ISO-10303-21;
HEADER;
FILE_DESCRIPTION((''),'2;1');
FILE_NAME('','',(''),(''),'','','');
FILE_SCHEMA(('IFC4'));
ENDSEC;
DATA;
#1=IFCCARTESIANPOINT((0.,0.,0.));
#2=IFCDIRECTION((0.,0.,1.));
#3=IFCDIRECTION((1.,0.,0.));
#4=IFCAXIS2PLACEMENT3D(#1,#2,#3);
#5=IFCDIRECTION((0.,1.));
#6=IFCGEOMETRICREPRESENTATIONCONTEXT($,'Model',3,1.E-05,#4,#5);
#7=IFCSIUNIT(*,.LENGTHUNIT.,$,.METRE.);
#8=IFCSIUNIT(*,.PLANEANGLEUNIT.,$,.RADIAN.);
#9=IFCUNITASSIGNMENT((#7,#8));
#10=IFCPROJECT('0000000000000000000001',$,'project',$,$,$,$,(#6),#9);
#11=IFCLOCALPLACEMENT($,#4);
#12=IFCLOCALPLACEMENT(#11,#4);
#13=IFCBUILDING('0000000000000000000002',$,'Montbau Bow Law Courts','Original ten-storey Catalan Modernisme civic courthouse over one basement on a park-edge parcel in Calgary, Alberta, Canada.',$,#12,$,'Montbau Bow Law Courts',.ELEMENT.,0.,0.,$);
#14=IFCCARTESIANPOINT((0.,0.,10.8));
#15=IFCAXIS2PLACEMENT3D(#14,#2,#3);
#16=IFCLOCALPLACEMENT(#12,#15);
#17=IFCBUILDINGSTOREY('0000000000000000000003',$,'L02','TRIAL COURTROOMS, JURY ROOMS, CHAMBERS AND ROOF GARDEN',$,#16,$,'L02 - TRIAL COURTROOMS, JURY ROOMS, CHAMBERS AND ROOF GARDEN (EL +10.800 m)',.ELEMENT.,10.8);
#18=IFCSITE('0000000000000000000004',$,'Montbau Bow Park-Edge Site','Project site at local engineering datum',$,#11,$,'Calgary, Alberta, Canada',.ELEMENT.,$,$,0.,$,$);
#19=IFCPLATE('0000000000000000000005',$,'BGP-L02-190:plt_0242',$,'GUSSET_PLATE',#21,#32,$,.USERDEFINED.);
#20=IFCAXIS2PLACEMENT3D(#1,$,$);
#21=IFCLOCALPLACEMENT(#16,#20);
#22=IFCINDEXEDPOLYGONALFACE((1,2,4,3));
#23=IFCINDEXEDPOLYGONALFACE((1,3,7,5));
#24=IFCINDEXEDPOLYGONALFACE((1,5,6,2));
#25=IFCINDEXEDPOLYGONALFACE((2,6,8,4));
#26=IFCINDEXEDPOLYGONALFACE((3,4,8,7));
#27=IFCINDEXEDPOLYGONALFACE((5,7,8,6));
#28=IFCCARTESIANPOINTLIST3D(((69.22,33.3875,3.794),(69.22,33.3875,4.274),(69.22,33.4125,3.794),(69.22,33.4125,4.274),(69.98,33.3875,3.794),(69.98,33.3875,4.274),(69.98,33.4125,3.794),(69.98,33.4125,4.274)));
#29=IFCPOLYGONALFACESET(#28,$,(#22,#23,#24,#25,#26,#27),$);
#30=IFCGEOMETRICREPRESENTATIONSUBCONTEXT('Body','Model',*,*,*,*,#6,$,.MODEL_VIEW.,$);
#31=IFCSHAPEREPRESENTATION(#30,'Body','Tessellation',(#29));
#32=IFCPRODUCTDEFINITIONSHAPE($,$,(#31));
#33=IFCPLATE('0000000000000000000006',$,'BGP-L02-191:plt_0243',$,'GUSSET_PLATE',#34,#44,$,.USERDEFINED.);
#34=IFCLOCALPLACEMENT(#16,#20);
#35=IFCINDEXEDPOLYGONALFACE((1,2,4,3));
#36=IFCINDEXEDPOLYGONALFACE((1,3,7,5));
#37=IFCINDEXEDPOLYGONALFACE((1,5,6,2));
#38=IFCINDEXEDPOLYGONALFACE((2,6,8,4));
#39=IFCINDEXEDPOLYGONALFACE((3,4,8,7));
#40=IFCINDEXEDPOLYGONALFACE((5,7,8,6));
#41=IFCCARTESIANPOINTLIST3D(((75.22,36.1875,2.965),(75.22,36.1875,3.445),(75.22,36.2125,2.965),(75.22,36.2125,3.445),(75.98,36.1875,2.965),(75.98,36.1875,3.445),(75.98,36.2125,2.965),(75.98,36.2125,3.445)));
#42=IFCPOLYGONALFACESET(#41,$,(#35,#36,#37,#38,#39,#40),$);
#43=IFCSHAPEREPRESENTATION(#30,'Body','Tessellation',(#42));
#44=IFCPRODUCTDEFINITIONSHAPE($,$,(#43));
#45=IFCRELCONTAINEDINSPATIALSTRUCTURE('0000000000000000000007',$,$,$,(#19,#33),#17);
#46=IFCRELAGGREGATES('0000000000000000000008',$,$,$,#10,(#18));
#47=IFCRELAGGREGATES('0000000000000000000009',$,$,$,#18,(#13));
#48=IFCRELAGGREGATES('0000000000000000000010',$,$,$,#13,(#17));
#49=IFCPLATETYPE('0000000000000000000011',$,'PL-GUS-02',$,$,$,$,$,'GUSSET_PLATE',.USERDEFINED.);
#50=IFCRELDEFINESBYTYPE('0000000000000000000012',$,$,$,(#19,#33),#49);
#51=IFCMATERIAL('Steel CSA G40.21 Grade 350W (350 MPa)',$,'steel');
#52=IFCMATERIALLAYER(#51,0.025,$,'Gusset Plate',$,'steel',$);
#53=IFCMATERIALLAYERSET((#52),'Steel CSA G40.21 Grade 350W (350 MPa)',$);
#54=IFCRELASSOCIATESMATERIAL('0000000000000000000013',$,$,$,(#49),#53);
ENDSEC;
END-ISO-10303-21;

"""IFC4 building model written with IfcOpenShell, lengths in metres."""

from ifc_helpers import new_model, si_unit, direction, frame, origin_with_axes, origin_2d_with_axis, place, context, subcontext, project, spatial, rectangle, extrude, material, layer, layer_set, type_object, element, save


model = new_model("IFC4")

# Units and contexts
model_context = context("Model", 3, precision=1e-05, world=origin_with_axes(), true_north=direction((0.0, 1.0)))
body_context = subcontext(model_context, "Body", "Model", "MODEL_VIEW")
ifc_project = project(units=[si_unit("LENGTHUNIT", "METRE"), si_unit("PLANEANGLEUNIT", "RADIAN")], contexts=[model_context])

# Site, building, storey
site_placement = place(None, origin_with_axes())
site = spatial("IfcSite", under=ifc_project, at=site_placement, Name="Montbau Bow Park-Edge Site", Description="Project site at local engineering datum", LongName="Calgary, Alberta, Canada", CompositionType="ELEMENT", RefElevation=0.0)
building_placement = place(site_placement, origin_with_axes())
building = spatial("IfcBuilding", under=site, at=building_placement, Name="Montbau Bow Law Courts", Description="Original ten-storey Catalan Modernisme civic courthouse over one basement on a park-edge parcel in Calgary, Alberta, Canada.", LongName="Montbau Bow Law Courts", CompositionType="ELEMENT", ElevationOfRefHeight=0.0, ElevationOfTerrain=0.0)
storey_placement = place(building_placement, frame((0.0, 0.0, 10.8), z_axis=(0.0, 0.0, 1.0), x_axis=(1.0, 0.0, 0.0)))
storey = spatial("IfcBuildingStorey", under=building, at=storey_placement, Name="L02", Description="TRIAL COURTROOMS, JURY ROOMS, CHAMBERS AND ROOF GARDEN", LongName="L02 - TRIAL COURTROOMS, JURY ROOMS, CHAMBERS AND ROOF GARDEN (EL +10.800 m)", CompositionType="ELEMENT", Elevation=10.8)

# Plates
ifc_material_1 = material(Name="Steel CSA G40.21 Grade 350W (350 MPa)", Category="steel")
ifc_layer = layer(ifc_material_1, 0.025, Name="Gusset Plate", Category="steel")
ifc_layer_set = layer_set([ifc_layer], Name="Steel CSA G40.21 Grade 350W (350 MPa)")
plate_type = type_object("IfcPlateType", Name="PL-GUS-02", ElementType="GUSSET_PLATE", PredefinedType="USERDEFINED", material=ifc_layer_set)
for number, where, z_axis, x_axis, name in (
    (1, (69.6, 33.4, 14.594), (0.0, 0.0, 1.0), (1.0, 0.0, 0.0), "BGP-L02-190:plt_0242"),
    (2, (75.6, 36.2, 13.765), (0.0, 0.0, 1.0), (1.0, 0.0, 0.0), "BGP-L02-191:plt_0243"),
):
    element("IfcPlate", number, at=place(None, frame(where, z_axis=z_axis, x_axis=x_axis)), inside=storey, type_object=plate_type, Name=name, ObjectType="GUSSET_PLATE", PredefinedType="USERDEFINED", context=body_context, shape_type="SweptSolid", body=[
        extrude(rectangle(XDim=0.76, YDim=0.025, at=origin_2d_with_axis()), origin_with_axes(), (0.0, 0.0, 1.0), 0.48),
    ])

save(model, "model.ifc")
